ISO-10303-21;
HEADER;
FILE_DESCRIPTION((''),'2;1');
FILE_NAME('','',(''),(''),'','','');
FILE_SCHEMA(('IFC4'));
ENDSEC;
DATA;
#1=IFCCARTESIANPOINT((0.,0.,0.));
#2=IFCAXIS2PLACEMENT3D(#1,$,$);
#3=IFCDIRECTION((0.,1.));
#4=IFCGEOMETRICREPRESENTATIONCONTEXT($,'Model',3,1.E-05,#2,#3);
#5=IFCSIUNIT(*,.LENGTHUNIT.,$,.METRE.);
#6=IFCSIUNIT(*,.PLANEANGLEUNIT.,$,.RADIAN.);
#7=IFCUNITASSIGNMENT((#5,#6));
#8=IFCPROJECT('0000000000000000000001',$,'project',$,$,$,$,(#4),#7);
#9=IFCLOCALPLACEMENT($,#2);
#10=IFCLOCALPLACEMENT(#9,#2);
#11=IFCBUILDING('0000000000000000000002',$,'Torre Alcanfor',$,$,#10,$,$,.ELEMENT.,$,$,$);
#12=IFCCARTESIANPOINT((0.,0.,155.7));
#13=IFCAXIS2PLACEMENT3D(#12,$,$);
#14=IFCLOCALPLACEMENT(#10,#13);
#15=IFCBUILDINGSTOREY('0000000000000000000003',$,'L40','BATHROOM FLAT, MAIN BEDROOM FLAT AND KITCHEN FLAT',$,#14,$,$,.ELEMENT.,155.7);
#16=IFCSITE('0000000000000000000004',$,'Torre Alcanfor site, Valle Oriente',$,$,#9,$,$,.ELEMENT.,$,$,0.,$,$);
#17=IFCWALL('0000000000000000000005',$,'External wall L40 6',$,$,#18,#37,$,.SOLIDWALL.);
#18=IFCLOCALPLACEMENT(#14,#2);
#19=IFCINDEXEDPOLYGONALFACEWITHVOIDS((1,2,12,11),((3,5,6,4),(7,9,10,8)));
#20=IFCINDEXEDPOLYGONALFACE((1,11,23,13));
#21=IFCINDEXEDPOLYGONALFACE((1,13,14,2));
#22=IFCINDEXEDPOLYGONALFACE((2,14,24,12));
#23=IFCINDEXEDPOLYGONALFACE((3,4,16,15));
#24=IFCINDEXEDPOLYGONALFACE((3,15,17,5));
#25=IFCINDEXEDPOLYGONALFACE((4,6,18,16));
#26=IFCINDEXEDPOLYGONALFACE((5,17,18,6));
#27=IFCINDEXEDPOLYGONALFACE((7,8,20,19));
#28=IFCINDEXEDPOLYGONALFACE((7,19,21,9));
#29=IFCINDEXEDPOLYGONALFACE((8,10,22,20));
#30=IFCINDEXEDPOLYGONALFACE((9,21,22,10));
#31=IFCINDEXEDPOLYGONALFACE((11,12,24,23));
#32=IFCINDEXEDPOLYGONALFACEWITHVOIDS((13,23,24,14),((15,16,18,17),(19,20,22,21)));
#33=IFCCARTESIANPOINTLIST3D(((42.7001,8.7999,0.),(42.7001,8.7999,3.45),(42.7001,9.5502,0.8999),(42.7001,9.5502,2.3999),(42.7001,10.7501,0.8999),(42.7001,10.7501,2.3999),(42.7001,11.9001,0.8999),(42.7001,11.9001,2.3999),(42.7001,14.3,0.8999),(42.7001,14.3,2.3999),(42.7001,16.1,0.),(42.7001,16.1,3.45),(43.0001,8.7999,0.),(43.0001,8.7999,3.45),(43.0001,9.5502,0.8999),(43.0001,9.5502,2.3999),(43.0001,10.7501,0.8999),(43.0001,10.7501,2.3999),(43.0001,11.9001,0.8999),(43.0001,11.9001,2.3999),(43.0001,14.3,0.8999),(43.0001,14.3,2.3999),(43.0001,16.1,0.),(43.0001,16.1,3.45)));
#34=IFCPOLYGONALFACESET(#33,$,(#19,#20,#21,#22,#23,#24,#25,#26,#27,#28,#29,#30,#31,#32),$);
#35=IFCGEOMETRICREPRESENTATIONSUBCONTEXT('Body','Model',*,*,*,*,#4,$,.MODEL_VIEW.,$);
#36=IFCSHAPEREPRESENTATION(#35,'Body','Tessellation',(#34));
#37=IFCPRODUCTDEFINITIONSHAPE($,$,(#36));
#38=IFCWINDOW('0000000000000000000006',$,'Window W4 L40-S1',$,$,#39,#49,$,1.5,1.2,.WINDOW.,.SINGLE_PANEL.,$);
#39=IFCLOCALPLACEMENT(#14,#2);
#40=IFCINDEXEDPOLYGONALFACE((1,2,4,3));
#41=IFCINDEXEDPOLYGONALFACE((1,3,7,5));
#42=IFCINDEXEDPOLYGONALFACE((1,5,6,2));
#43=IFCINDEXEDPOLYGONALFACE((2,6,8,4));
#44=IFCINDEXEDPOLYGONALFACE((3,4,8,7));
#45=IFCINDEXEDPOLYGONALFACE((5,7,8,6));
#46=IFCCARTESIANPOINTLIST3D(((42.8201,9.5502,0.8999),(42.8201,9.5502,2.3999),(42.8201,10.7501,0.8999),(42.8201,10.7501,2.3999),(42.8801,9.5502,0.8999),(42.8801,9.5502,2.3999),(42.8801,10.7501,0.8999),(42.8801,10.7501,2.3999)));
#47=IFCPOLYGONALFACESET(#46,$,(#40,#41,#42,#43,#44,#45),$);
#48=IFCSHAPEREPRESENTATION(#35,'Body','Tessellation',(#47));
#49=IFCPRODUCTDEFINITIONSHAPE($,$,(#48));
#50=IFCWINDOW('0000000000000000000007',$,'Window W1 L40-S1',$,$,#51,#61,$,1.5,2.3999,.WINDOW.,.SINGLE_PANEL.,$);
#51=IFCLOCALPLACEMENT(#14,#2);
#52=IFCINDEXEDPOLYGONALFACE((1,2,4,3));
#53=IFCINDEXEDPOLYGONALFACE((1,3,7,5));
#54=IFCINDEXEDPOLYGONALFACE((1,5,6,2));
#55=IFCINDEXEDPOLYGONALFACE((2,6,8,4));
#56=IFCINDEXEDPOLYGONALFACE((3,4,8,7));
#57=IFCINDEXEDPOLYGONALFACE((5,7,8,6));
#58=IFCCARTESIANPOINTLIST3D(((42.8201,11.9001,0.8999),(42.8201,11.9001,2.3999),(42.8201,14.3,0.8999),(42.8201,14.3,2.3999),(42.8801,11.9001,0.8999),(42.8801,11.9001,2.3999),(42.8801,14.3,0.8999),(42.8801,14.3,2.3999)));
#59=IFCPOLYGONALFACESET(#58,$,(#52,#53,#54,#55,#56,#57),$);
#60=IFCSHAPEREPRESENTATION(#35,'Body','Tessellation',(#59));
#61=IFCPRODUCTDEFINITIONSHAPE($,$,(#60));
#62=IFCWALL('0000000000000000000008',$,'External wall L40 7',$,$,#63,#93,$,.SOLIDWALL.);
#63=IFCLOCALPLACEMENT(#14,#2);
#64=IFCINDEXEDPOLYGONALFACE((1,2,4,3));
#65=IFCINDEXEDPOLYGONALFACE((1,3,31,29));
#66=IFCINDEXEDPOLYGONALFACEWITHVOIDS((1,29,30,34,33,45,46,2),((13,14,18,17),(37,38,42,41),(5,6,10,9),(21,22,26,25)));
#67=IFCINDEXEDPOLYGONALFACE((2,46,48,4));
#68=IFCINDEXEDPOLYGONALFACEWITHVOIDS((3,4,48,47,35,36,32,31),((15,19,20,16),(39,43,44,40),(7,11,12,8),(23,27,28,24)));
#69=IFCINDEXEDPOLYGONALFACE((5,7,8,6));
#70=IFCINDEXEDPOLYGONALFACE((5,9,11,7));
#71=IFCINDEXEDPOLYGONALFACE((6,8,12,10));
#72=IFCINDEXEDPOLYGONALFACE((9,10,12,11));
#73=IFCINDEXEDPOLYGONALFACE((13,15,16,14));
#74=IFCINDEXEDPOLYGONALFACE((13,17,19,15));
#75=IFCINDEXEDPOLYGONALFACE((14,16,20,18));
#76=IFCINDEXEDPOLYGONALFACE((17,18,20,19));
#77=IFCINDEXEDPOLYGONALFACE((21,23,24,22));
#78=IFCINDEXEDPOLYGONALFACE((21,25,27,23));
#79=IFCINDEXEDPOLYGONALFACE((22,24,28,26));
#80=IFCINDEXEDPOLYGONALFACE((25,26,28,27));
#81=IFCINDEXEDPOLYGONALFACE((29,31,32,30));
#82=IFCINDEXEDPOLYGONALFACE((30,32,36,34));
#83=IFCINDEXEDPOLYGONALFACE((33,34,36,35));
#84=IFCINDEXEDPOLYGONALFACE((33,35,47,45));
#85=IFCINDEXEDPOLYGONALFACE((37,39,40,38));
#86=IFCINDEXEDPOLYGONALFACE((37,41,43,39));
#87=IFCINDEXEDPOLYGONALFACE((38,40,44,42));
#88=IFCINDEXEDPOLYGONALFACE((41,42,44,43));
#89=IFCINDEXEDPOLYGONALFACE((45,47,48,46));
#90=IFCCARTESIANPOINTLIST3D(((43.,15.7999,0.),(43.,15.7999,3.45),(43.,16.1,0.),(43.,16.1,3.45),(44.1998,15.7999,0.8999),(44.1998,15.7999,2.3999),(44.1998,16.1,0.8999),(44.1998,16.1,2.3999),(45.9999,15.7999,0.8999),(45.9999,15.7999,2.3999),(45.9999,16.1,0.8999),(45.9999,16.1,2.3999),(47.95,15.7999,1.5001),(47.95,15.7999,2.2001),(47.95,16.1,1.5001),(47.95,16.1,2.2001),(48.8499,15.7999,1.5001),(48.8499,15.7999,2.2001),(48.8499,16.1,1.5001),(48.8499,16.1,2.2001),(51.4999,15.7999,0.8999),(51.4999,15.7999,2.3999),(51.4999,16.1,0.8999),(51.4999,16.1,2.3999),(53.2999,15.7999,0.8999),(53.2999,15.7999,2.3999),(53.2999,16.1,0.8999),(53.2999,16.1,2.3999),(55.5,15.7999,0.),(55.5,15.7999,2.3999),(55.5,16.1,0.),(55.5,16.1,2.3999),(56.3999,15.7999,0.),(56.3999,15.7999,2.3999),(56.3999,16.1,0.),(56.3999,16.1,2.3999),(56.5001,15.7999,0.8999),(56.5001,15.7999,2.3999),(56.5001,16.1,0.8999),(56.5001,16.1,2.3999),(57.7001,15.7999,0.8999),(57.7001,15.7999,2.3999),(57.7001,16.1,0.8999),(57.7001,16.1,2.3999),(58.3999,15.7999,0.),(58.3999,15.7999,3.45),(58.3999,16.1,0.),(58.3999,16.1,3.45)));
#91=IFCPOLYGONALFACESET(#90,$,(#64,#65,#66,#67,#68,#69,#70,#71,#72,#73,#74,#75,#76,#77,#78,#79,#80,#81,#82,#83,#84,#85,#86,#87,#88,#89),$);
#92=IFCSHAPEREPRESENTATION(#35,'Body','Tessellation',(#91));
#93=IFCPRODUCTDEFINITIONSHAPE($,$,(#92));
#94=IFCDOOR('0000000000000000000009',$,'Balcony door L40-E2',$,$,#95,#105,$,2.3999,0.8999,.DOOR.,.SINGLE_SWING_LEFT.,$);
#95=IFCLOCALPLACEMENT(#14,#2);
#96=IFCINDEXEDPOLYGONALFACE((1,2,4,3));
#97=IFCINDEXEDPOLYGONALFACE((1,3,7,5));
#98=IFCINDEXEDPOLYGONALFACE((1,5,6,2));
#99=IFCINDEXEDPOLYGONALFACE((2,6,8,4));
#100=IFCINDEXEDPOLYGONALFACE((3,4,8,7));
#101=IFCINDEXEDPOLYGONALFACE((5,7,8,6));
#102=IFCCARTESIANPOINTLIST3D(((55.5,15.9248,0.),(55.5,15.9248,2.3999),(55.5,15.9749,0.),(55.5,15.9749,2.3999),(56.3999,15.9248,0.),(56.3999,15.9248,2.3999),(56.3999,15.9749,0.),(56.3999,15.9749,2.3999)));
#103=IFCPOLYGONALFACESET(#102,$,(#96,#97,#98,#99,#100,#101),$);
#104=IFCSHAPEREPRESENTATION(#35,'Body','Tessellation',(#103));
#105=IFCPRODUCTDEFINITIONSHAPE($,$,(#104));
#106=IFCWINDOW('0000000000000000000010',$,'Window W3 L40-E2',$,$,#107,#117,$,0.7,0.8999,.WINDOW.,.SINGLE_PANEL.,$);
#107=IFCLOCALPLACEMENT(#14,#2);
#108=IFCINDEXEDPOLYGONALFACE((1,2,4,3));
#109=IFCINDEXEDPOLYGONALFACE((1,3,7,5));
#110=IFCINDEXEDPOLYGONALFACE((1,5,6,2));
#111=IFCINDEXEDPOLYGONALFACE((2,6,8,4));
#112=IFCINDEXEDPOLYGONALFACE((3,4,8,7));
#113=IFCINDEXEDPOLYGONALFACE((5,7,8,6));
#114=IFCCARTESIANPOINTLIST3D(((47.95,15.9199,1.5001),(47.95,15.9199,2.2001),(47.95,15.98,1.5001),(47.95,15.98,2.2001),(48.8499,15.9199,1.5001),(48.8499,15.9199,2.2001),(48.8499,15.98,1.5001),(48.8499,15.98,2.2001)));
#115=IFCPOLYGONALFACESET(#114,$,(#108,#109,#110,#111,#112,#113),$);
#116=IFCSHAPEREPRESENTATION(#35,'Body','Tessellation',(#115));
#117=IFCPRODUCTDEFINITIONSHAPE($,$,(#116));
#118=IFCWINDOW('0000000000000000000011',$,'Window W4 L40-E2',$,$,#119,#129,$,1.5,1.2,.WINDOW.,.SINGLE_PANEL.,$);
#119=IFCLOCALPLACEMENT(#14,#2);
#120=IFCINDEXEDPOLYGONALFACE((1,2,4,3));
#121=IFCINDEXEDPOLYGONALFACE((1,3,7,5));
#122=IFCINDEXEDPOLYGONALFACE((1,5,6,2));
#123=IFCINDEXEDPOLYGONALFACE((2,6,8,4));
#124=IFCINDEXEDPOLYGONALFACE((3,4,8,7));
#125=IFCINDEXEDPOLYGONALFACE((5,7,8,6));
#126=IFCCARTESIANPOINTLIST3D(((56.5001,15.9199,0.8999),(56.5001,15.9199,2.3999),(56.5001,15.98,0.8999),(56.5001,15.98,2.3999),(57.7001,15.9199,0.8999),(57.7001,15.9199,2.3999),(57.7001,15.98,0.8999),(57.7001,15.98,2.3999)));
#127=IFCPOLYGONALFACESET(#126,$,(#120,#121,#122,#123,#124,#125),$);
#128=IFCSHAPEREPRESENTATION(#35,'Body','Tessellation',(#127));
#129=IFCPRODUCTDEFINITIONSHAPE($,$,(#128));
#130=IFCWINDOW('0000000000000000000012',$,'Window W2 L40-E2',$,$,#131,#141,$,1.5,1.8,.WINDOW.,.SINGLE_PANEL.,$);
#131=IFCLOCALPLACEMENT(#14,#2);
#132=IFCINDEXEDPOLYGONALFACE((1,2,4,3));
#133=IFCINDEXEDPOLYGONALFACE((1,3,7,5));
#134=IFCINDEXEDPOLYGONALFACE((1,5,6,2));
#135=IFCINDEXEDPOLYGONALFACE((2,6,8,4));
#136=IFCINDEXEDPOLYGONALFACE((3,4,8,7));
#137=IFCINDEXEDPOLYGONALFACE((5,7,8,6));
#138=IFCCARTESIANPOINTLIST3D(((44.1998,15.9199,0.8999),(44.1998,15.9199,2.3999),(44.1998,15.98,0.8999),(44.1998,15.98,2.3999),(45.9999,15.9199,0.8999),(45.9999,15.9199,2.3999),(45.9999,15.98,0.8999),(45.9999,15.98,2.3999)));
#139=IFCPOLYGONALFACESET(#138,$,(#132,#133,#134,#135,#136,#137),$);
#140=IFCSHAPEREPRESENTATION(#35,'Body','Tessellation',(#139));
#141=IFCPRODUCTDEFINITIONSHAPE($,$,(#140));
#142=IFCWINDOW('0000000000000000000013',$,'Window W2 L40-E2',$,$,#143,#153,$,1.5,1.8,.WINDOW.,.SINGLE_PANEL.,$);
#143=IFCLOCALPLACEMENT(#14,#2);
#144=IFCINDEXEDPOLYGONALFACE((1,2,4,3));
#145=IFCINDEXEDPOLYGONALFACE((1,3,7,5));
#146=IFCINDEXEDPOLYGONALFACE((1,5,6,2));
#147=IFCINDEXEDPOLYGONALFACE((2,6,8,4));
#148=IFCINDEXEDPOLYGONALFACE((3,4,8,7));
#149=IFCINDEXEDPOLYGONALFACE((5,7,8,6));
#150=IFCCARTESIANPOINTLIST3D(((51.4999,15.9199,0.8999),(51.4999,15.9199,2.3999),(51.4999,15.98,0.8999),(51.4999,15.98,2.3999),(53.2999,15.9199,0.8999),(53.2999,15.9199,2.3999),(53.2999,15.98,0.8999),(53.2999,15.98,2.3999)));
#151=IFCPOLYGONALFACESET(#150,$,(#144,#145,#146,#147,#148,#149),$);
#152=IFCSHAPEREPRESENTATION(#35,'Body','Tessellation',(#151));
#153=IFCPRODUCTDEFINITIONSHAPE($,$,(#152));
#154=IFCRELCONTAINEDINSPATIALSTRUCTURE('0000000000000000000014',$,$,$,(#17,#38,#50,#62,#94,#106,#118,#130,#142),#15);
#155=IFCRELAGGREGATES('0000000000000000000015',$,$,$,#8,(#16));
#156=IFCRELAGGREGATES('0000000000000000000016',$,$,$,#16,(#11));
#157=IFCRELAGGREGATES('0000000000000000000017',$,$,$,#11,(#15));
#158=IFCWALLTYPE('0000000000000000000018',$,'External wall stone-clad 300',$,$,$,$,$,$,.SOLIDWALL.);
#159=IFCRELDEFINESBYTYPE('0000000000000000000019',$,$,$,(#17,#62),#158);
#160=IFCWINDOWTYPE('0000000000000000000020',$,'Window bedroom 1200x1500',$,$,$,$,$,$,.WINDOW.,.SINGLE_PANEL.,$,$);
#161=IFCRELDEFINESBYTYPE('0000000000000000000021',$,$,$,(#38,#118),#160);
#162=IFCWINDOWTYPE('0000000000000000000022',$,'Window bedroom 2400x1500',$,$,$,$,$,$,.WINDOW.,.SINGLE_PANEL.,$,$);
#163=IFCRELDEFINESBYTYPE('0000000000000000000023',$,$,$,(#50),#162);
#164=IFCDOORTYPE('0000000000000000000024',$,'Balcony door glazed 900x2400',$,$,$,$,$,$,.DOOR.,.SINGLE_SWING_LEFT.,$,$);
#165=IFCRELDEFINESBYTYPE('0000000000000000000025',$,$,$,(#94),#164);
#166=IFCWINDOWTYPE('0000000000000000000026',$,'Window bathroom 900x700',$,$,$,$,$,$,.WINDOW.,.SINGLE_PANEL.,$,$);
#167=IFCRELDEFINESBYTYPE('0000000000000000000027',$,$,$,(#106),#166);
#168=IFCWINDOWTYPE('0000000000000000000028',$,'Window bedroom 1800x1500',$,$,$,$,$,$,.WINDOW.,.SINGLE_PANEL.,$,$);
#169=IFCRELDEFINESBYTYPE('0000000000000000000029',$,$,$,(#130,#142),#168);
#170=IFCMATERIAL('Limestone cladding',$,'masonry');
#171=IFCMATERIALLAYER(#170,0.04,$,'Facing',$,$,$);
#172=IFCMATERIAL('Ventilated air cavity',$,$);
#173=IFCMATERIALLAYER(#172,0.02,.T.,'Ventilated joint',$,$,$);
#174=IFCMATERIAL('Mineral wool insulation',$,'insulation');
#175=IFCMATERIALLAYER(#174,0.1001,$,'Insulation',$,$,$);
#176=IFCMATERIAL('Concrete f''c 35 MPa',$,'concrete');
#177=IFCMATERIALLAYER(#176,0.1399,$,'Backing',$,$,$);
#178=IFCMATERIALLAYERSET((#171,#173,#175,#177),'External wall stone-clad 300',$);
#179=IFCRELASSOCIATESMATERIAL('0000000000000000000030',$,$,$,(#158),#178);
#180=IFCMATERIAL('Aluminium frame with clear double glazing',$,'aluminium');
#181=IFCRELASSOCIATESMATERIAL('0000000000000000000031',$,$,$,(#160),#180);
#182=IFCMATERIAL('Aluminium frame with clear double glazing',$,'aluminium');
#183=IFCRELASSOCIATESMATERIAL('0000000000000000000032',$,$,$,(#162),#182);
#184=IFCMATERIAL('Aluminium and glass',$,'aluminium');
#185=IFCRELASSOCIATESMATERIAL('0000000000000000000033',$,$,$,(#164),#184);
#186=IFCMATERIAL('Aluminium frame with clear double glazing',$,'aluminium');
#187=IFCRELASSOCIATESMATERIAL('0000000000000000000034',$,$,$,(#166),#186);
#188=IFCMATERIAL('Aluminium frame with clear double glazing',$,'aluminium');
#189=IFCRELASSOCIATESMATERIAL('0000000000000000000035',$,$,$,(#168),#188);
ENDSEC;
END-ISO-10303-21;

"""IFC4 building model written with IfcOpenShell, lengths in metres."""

from ifc_helpers import new_model, si_unit, direction, frame, frame_2d, origin, place, context, subcontext, project, spatial, rectangle, extrude, material, layer, layer_set, type_object, element, fill, save


model = new_model("IFC4")

# Units and contexts
model_context = context("Model", 3, precision=1e-05, world=origin(), true_north=direction((0.0, 1.0)))
body_context = subcontext(model_context, "Body", "Model", "MODEL_VIEW")
ifc_project = project(units=[si_unit("LENGTHUNIT", "METRE"), si_unit("PLANEANGLEUNIT", "RADIAN")], contexts=[model_context])

# Site, building, storey
site_placement = place(None, origin())
site = spatial("IfcSite", under=ifc_project, at=site_placement, Name="Torre Alcanfor site, Valle Oriente", CompositionType="ELEMENT", RefElevation=0.0)
building_placement = place(site_placement, origin())
building = spatial("IfcBuilding", under=site, at=building_placement, Name="Torre Alcanfor", CompositionType="ELEMENT")
storey_placement = place(building_placement, frame((0.0, 0.0, 155.7)))
storey = spatial("IfcBuildingStorey", under=building, at=storey_placement, Name="L40", Description="BATHROOM FLAT, MAIN BEDROOM FLAT AND KITCHEN FLAT", CompositionType="ELEMENT", Elevation=155.7)

# Wall, openings, windows
ifc_material_1 = material(Name="Limestone cladding", Category="masonry")
ifc_layer_1 = layer(ifc_material_1, 0.04, Name="Facing")
ifc_material_2 = material(Name="Ventilated air cavity")
ifc_layer_2 = layer(ifc_material_2, 0.02, ventilated=True, Name="Ventilated joint")
ifc_material_3 = material(Name="Mineral wool insulation", Category="insulation")
ifc_layer_3 = layer(ifc_material_3, 0.1001, Name="Insulation")
ifc_material_4 = material(Name="Concrete f'c 35 MPa", Category="concrete")
ifc_layer_4 = layer(ifc_material_4, 0.1399, Name="Backing")
ifc_layer_set_1 = layer_set([ifc_layer_1, ifc_layer_2, ifc_layer_3, ifc_layer_4], Name="External wall stone-clad 300")
wall_type_1 = type_object("IfcWallType", Name="External wall stone-clad 300", PredefinedType="SOLIDWALL", material=ifc_layer_set_1)
wall_1_placement = place(storey_placement, frame((42.8501, 8.8, 0.0), z_axis=(0.0, 0.0, 1.0), x_axis=(0.0, 1.0, 0.0)))
wall_1 = element("IfcWall", 1, at=wall_1_placement, inside=storey, type_object=wall_type_1, Name="External wall L40 6", PredefinedType="SOLIDWALL", context=body_context, shape_type="SweptSolid", body=[
    extrude(rectangle(XDim=7.3, YDim=0.3, at=frame_2d((3.6499, 0.0))), origin(), (0.0, 0.0, 1.0), 3.45),
])
opening_1_placement = place(wall_1_placement, frame((3.1001, 0.0, 0.8999)))
opening_1 = element("IfcOpeningElement", 2, at=opening_1_placement, cuts=wall_1, PredefinedType="OPENING", context=body_context, shape_type="SweptSolid", body=[
    extrude(rectangle(XDim=2.3999, YDim=1.5, at=frame_2d((1.2, 0.75))), frame((0.0, 0.1599, 0.0), z_axis=(0.0, -1.0, 0.0), x_axis=(1.0, 0.0, 0.0)), (0.0, 0.0, 1.0), 0.3201),
])
opening_2_placement = place(wall_1_placement, frame((0.75, 0.0, 0.8999)))
opening_2 = element("IfcOpeningElement", 3, at=opening_2_placement, cuts=wall_1, PredefinedType="OPENING", context=body_context, shape_type="SweptSolid", body=[
    extrude(rectangle(XDim=1.2, YDim=1.5, at=frame_2d((0.6001, 0.75))), frame((0.0, 0.1599, 0.0), z_axis=(0.0, -1.0, 0.0), x_axis=(1.0, 0.0, 0.0)), (0.0, 0.0, 1.0), 0.3201),
])
ifc_material_5 = material(Name="Aluminium frame with clear double glazing", Category="aluminium")
window_type_1 = type_object("IfcWindowType", Name="Window bedroom 1200x1500", PartitioningType="SINGLE_PANEL", PredefinedType="WINDOW", material=ifc_material_5)
window_1_placement = place(opening_2_placement, origin())
window_1 = element("IfcWindow", 4, at=window_1_placement, inside=storey, type_object=window_type_1, Name="Window W4 L40-S1", OverallHeight=1.5, OverallWidth=1.2, PartitioningType="SINGLE_PANEL", PredefinedType="WINDOW", context=body_context, shape_type="SweptSolid", body=[
    extrude(rectangle(XDim=1.2, YDim=1.5, at=frame_2d((0.6001, 0.75))), frame((0.0, 0.03, 0.0), z_axis=(0.0, -1.0, 0.0), x_axis=(1.0, 0.0, 0.0)), (0.0, 0.0, 1.0), 0.0601),
])
fill(opening_2, window_1)
ifc_material_6 = material(Name="Aluminium frame with clear double glazing", Category="aluminium")
window_type_2 = type_object("IfcWindowType", Name="Window bedroom 2400x1500", PartitioningType="SINGLE_PANEL", PredefinedType="WINDOW", material=ifc_material_6)
window_2_placement = place(opening_1_placement, origin())
window_2 = element("IfcWindow", 5, at=window_2_placement, inside=storey, type_object=window_type_2, Name="Window W1 L40-S1", OverallHeight=1.5, OverallWidth=2.3999, PartitioningType="SINGLE_PANEL", PredefinedType="WINDOW", context=body_context, shape_type="SweptSolid", body=[
    extrude(rectangle(XDim=2.3999, YDim=1.5, at=frame_2d((1.2, 0.75))), frame((0.0, 0.03, 0.0), z_axis=(0.0, -1.0, 0.0), x_axis=(1.0, 0.0, 0.0)), (0.0, 0.0, 1.0), 0.0601),
])
fill(opening_1, window_2)

# Wall, openings, door, windows
wall_2_placement = place(storey_placement, frame((43.0, 15.95, 0.0), z_axis=(0.0, 0.0, 1.0), x_axis=(1.0, 0.0, 0.0)))
wall_2 = element("IfcWall", 6, at=wall_2_placement, inside=storey, type_object=wall_type_1, Name="External wall L40 7", PredefinedType="SOLIDWALL", context=body_context, shape_type="SweptSolid", body=[
    extrude(rectangle(XDim=15.3999, YDim=0.3, at=frame_2d((7.7, 0.0))), origin(), (0.0, 0.0, 1.0), 3.45),
])
opening_3_placement = place(wall_2_placement, frame((1.2, 0.0, 0.8999)))
opening_3 = element("IfcOpeningElement", 7, at=opening_3_placement, cuts=wall_2, PredefinedType="OPENING", context=body_context, shape_type="SweptSolid", body=[
    extrude(rectangle(XDim=1.8, YDim=1.5, at=frame_2d((0.8999, 0.75))), frame((0.0, 0.1599, 0.0), z_axis=(0.0, -1.0, 0.0), x_axis=(1.0, 0.0, 0.0)), (0.0, 0.0, 1.0), 0.3201),
])
opening_4_placement = place(wall_2_placement, frame((4.95, 0.0, 1.5)))
opening_4 = element("IfcOpeningElement", 8, at=opening_4_placement, cuts=wall_2, PredefinedType="OPENING", context=body_context, shape_type="SweptSolid", body=[
    extrude(rectangle(XDim=0.8999, YDim=0.7, at=frame_2d((0.45, 0.3501))), frame((0.0, 0.1599, 0.0), z_axis=(0.0, -1.0, 0.0), x_axis=(1.0, 0.0, 0.0)), (0.0, 0.0, 1.0), 0.3201),
])
opening_5_placement = place(wall_2_placement, frame((8.5, 0.0, 0.8999)))
opening_5 = element("IfcOpeningElement", 9, at=opening_5_placement, cuts=wall_2, PredefinedType="OPENING", context=body_context, shape_type="SweptSolid", body=[
    extrude(rectangle(XDim=1.8, YDim=1.5, at=frame_2d((0.8999, 0.75))), frame((0.0, 0.1599, 0.0), z_axis=(0.0, -1.0, 0.0), x_axis=(1.0, 0.0, 0.0)), (0.0, 0.0, 1.0), 0.3201),
])
opening_6_placement = place(wall_2_placement, frame((12.5, 0.0, 0.0)))
opening_6 = element("IfcOpeningElement", 10, at=opening_6_placement, cuts=wall_2, PredefinedType="OPENING", context=body_context, shape_type="SweptSolid", body=[
    extrude(rectangle(XDim=0.8999, YDim=2.3999, at=frame_2d((0.45, 1.2))), frame((0.0, 0.1599, 0.0), z_axis=(0.0, -1.0, 0.0), x_axis=(1.0, 0.0, 0.0)), (0.0, 0.0, 1.0), 0.3201),
])
opening_7_placement = place(wall_2_placement, frame((13.5, 0.0, 0.8999)))
opening_7 = element("IfcOpeningElement", 11, at=opening_7_placement, cuts=wall_2, PredefinedType="OPENING", context=body_context, shape_type="SweptSolid", body=[
    extrude(rectangle(XDim=1.2, YDim=1.5, at=frame_2d((0.6001, 0.75))), frame((0.0, 0.1599, 0.0), z_axis=(0.0, -1.0, 0.0), x_axis=(1.0, 0.0, 0.0)), (0.0, 0.0, 1.0), 0.3201),
])
ifc_material_7 = material(Name="Aluminium and glass", Category="aluminium")
door_type_1 = type_object("IfcDoorType", Name="Balcony door glazed 900x2400", OperationType="SINGLE_SWING_LEFT", PredefinedType="DOOR", material=ifc_material_7)
door_1_placement = place(opening_6_placement, origin())
door_1 = element("IfcDoor", 12, at=door_1_placement, inside=storey, type_object=door_type_1, Name="Balcony door L40-E2", OperationType="SINGLE_SWING_LEFT", OverallHeight=2.3999, OverallWidth=0.8999, PredefinedType="DOOR", context=body_context, shape_type="SweptSolid", body=[
    extrude(rectangle(XDim=0.8999, YDim=2.3999, at=frame_2d((0.45, 1.2))), frame((0.0, 0.0249, 0.0), z_axis=(0.0, -1.0, 0.0), x_axis=(1.0, 0.0, 0.0)), (0.0, 0.0, 1.0), 0.05),
])
fill(opening_6, door_1)
ifc_material_8 = material(Name="Aluminium frame with clear double glazing", Category="aluminium")
window_type_3 = type_object("IfcWindowType", Name="Window bathroom 900x700", PartitioningType="SINGLE_PANEL", PredefinedType="WINDOW", material=ifc_material_8)
window_3_placement = place(opening_4_placement, origin())
window_3 = element("IfcWindow", 13, at=window_3_placement, inside=storey, type_object=window_type_3, Name="Window W3 L40-E2", OverallHeight=0.7, OverallWidth=0.8999, PartitioningType="SINGLE_PANEL", PredefinedType="WINDOW", context=body_context, shape_type="SweptSolid", body=[
    extrude(rectangle(XDim=0.8999, YDim=0.7, at=frame_2d((0.45, 0.3501))), frame((0.0, 0.03, 0.0), z_axis=(0.0, -1.0, 0.0), x_axis=(1.0, 0.0, 0.0)), (0.0, 0.0, 1.0), 0.0601),
])
fill(opening_4, window_3)
window_4_placement = place(opening_7_placement, origin())
window_4 = element("IfcWindow", 14, at=window_4_placement, inside=storey, type_object=window_type_1, Name="Window W4 L40-E2", OverallHeight=1.5, OverallWidth=1.2, PartitioningType="SINGLE_PANEL", PredefinedType="WINDOW", context=body_context, shape_type="SweptSolid", body=[
    extrude(rectangle(XDim=1.2, YDim=1.5, at=frame_2d((0.6001, 0.75))), frame((0.0, 0.03, 0.0), z_axis=(0.0, -1.0, 0.0), x_axis=(1.0, 0.0, 0.0)), (0.0, 0.0, 1.0), 0.0601),
])
fill(opening_7, window_4)
ifc_material_9 = material(Name="Aluminium frame with clear double glazing", Category="aluminium")
window_type_4 = type_object("IfcWindowType", Name="Window bedroom 1800x1500", PartitioningType="SINGLE_PANEL", PredefinedType="WINDOW", material=ifc_material_9)
window_5_placement = place(opening_3_placement, origin())
window_5 = element("IfcWindow", 15, at=window_5_placement, inside=storey, type_object=window_type_4, Name="Window W2 L40-E2", OverallHeight=1.5, OverallWidth=1.8, PartitioningType="SINGLE_PANEL", PredefinedType="WINDOW", context=body_context, shape_type="SweptSolid", body=[
    extrude(rectangle(XDim=1.8, YDim=1.5, at=frame_2d((0.8999, 0.75))), frame((0.0, 0.03, 0.0), z_axis=(0.0, -1.0, 0.0), x_axis=(1.0, 0.0, 0.0)), (0.0, 0.0, 1.0), 0.0601),
])
fill(opening_3, window_5)
window_6_placement = place(opening_5_placement, origin())
window_6 = element("IfcWindow", 16, at=window_6_placement, inside=storey, type_object=window_type_4, Name="Window W2 L40-E2", OverallHeight=1.5, OverallWidth=1.8, PartitioningType="SINGLE_PANEL", PredefinedType="WINDOW", context=body_context, shape_type="SweptSolid", body=[
    extrude(rectangle(XDim=1.8, YDim=1.5, at=frame_2d((0.8999, 0.75))), frame((0.0, 0.03, 0.0), z_axis=(0.0, -1.0, 0.0), x_axis=(1.0, 0.0, 0.0)), (0.0, 0.0, 1.0), 0.0601),
])
fill(opening_5, window_6)

save(model, "model.ifc")
